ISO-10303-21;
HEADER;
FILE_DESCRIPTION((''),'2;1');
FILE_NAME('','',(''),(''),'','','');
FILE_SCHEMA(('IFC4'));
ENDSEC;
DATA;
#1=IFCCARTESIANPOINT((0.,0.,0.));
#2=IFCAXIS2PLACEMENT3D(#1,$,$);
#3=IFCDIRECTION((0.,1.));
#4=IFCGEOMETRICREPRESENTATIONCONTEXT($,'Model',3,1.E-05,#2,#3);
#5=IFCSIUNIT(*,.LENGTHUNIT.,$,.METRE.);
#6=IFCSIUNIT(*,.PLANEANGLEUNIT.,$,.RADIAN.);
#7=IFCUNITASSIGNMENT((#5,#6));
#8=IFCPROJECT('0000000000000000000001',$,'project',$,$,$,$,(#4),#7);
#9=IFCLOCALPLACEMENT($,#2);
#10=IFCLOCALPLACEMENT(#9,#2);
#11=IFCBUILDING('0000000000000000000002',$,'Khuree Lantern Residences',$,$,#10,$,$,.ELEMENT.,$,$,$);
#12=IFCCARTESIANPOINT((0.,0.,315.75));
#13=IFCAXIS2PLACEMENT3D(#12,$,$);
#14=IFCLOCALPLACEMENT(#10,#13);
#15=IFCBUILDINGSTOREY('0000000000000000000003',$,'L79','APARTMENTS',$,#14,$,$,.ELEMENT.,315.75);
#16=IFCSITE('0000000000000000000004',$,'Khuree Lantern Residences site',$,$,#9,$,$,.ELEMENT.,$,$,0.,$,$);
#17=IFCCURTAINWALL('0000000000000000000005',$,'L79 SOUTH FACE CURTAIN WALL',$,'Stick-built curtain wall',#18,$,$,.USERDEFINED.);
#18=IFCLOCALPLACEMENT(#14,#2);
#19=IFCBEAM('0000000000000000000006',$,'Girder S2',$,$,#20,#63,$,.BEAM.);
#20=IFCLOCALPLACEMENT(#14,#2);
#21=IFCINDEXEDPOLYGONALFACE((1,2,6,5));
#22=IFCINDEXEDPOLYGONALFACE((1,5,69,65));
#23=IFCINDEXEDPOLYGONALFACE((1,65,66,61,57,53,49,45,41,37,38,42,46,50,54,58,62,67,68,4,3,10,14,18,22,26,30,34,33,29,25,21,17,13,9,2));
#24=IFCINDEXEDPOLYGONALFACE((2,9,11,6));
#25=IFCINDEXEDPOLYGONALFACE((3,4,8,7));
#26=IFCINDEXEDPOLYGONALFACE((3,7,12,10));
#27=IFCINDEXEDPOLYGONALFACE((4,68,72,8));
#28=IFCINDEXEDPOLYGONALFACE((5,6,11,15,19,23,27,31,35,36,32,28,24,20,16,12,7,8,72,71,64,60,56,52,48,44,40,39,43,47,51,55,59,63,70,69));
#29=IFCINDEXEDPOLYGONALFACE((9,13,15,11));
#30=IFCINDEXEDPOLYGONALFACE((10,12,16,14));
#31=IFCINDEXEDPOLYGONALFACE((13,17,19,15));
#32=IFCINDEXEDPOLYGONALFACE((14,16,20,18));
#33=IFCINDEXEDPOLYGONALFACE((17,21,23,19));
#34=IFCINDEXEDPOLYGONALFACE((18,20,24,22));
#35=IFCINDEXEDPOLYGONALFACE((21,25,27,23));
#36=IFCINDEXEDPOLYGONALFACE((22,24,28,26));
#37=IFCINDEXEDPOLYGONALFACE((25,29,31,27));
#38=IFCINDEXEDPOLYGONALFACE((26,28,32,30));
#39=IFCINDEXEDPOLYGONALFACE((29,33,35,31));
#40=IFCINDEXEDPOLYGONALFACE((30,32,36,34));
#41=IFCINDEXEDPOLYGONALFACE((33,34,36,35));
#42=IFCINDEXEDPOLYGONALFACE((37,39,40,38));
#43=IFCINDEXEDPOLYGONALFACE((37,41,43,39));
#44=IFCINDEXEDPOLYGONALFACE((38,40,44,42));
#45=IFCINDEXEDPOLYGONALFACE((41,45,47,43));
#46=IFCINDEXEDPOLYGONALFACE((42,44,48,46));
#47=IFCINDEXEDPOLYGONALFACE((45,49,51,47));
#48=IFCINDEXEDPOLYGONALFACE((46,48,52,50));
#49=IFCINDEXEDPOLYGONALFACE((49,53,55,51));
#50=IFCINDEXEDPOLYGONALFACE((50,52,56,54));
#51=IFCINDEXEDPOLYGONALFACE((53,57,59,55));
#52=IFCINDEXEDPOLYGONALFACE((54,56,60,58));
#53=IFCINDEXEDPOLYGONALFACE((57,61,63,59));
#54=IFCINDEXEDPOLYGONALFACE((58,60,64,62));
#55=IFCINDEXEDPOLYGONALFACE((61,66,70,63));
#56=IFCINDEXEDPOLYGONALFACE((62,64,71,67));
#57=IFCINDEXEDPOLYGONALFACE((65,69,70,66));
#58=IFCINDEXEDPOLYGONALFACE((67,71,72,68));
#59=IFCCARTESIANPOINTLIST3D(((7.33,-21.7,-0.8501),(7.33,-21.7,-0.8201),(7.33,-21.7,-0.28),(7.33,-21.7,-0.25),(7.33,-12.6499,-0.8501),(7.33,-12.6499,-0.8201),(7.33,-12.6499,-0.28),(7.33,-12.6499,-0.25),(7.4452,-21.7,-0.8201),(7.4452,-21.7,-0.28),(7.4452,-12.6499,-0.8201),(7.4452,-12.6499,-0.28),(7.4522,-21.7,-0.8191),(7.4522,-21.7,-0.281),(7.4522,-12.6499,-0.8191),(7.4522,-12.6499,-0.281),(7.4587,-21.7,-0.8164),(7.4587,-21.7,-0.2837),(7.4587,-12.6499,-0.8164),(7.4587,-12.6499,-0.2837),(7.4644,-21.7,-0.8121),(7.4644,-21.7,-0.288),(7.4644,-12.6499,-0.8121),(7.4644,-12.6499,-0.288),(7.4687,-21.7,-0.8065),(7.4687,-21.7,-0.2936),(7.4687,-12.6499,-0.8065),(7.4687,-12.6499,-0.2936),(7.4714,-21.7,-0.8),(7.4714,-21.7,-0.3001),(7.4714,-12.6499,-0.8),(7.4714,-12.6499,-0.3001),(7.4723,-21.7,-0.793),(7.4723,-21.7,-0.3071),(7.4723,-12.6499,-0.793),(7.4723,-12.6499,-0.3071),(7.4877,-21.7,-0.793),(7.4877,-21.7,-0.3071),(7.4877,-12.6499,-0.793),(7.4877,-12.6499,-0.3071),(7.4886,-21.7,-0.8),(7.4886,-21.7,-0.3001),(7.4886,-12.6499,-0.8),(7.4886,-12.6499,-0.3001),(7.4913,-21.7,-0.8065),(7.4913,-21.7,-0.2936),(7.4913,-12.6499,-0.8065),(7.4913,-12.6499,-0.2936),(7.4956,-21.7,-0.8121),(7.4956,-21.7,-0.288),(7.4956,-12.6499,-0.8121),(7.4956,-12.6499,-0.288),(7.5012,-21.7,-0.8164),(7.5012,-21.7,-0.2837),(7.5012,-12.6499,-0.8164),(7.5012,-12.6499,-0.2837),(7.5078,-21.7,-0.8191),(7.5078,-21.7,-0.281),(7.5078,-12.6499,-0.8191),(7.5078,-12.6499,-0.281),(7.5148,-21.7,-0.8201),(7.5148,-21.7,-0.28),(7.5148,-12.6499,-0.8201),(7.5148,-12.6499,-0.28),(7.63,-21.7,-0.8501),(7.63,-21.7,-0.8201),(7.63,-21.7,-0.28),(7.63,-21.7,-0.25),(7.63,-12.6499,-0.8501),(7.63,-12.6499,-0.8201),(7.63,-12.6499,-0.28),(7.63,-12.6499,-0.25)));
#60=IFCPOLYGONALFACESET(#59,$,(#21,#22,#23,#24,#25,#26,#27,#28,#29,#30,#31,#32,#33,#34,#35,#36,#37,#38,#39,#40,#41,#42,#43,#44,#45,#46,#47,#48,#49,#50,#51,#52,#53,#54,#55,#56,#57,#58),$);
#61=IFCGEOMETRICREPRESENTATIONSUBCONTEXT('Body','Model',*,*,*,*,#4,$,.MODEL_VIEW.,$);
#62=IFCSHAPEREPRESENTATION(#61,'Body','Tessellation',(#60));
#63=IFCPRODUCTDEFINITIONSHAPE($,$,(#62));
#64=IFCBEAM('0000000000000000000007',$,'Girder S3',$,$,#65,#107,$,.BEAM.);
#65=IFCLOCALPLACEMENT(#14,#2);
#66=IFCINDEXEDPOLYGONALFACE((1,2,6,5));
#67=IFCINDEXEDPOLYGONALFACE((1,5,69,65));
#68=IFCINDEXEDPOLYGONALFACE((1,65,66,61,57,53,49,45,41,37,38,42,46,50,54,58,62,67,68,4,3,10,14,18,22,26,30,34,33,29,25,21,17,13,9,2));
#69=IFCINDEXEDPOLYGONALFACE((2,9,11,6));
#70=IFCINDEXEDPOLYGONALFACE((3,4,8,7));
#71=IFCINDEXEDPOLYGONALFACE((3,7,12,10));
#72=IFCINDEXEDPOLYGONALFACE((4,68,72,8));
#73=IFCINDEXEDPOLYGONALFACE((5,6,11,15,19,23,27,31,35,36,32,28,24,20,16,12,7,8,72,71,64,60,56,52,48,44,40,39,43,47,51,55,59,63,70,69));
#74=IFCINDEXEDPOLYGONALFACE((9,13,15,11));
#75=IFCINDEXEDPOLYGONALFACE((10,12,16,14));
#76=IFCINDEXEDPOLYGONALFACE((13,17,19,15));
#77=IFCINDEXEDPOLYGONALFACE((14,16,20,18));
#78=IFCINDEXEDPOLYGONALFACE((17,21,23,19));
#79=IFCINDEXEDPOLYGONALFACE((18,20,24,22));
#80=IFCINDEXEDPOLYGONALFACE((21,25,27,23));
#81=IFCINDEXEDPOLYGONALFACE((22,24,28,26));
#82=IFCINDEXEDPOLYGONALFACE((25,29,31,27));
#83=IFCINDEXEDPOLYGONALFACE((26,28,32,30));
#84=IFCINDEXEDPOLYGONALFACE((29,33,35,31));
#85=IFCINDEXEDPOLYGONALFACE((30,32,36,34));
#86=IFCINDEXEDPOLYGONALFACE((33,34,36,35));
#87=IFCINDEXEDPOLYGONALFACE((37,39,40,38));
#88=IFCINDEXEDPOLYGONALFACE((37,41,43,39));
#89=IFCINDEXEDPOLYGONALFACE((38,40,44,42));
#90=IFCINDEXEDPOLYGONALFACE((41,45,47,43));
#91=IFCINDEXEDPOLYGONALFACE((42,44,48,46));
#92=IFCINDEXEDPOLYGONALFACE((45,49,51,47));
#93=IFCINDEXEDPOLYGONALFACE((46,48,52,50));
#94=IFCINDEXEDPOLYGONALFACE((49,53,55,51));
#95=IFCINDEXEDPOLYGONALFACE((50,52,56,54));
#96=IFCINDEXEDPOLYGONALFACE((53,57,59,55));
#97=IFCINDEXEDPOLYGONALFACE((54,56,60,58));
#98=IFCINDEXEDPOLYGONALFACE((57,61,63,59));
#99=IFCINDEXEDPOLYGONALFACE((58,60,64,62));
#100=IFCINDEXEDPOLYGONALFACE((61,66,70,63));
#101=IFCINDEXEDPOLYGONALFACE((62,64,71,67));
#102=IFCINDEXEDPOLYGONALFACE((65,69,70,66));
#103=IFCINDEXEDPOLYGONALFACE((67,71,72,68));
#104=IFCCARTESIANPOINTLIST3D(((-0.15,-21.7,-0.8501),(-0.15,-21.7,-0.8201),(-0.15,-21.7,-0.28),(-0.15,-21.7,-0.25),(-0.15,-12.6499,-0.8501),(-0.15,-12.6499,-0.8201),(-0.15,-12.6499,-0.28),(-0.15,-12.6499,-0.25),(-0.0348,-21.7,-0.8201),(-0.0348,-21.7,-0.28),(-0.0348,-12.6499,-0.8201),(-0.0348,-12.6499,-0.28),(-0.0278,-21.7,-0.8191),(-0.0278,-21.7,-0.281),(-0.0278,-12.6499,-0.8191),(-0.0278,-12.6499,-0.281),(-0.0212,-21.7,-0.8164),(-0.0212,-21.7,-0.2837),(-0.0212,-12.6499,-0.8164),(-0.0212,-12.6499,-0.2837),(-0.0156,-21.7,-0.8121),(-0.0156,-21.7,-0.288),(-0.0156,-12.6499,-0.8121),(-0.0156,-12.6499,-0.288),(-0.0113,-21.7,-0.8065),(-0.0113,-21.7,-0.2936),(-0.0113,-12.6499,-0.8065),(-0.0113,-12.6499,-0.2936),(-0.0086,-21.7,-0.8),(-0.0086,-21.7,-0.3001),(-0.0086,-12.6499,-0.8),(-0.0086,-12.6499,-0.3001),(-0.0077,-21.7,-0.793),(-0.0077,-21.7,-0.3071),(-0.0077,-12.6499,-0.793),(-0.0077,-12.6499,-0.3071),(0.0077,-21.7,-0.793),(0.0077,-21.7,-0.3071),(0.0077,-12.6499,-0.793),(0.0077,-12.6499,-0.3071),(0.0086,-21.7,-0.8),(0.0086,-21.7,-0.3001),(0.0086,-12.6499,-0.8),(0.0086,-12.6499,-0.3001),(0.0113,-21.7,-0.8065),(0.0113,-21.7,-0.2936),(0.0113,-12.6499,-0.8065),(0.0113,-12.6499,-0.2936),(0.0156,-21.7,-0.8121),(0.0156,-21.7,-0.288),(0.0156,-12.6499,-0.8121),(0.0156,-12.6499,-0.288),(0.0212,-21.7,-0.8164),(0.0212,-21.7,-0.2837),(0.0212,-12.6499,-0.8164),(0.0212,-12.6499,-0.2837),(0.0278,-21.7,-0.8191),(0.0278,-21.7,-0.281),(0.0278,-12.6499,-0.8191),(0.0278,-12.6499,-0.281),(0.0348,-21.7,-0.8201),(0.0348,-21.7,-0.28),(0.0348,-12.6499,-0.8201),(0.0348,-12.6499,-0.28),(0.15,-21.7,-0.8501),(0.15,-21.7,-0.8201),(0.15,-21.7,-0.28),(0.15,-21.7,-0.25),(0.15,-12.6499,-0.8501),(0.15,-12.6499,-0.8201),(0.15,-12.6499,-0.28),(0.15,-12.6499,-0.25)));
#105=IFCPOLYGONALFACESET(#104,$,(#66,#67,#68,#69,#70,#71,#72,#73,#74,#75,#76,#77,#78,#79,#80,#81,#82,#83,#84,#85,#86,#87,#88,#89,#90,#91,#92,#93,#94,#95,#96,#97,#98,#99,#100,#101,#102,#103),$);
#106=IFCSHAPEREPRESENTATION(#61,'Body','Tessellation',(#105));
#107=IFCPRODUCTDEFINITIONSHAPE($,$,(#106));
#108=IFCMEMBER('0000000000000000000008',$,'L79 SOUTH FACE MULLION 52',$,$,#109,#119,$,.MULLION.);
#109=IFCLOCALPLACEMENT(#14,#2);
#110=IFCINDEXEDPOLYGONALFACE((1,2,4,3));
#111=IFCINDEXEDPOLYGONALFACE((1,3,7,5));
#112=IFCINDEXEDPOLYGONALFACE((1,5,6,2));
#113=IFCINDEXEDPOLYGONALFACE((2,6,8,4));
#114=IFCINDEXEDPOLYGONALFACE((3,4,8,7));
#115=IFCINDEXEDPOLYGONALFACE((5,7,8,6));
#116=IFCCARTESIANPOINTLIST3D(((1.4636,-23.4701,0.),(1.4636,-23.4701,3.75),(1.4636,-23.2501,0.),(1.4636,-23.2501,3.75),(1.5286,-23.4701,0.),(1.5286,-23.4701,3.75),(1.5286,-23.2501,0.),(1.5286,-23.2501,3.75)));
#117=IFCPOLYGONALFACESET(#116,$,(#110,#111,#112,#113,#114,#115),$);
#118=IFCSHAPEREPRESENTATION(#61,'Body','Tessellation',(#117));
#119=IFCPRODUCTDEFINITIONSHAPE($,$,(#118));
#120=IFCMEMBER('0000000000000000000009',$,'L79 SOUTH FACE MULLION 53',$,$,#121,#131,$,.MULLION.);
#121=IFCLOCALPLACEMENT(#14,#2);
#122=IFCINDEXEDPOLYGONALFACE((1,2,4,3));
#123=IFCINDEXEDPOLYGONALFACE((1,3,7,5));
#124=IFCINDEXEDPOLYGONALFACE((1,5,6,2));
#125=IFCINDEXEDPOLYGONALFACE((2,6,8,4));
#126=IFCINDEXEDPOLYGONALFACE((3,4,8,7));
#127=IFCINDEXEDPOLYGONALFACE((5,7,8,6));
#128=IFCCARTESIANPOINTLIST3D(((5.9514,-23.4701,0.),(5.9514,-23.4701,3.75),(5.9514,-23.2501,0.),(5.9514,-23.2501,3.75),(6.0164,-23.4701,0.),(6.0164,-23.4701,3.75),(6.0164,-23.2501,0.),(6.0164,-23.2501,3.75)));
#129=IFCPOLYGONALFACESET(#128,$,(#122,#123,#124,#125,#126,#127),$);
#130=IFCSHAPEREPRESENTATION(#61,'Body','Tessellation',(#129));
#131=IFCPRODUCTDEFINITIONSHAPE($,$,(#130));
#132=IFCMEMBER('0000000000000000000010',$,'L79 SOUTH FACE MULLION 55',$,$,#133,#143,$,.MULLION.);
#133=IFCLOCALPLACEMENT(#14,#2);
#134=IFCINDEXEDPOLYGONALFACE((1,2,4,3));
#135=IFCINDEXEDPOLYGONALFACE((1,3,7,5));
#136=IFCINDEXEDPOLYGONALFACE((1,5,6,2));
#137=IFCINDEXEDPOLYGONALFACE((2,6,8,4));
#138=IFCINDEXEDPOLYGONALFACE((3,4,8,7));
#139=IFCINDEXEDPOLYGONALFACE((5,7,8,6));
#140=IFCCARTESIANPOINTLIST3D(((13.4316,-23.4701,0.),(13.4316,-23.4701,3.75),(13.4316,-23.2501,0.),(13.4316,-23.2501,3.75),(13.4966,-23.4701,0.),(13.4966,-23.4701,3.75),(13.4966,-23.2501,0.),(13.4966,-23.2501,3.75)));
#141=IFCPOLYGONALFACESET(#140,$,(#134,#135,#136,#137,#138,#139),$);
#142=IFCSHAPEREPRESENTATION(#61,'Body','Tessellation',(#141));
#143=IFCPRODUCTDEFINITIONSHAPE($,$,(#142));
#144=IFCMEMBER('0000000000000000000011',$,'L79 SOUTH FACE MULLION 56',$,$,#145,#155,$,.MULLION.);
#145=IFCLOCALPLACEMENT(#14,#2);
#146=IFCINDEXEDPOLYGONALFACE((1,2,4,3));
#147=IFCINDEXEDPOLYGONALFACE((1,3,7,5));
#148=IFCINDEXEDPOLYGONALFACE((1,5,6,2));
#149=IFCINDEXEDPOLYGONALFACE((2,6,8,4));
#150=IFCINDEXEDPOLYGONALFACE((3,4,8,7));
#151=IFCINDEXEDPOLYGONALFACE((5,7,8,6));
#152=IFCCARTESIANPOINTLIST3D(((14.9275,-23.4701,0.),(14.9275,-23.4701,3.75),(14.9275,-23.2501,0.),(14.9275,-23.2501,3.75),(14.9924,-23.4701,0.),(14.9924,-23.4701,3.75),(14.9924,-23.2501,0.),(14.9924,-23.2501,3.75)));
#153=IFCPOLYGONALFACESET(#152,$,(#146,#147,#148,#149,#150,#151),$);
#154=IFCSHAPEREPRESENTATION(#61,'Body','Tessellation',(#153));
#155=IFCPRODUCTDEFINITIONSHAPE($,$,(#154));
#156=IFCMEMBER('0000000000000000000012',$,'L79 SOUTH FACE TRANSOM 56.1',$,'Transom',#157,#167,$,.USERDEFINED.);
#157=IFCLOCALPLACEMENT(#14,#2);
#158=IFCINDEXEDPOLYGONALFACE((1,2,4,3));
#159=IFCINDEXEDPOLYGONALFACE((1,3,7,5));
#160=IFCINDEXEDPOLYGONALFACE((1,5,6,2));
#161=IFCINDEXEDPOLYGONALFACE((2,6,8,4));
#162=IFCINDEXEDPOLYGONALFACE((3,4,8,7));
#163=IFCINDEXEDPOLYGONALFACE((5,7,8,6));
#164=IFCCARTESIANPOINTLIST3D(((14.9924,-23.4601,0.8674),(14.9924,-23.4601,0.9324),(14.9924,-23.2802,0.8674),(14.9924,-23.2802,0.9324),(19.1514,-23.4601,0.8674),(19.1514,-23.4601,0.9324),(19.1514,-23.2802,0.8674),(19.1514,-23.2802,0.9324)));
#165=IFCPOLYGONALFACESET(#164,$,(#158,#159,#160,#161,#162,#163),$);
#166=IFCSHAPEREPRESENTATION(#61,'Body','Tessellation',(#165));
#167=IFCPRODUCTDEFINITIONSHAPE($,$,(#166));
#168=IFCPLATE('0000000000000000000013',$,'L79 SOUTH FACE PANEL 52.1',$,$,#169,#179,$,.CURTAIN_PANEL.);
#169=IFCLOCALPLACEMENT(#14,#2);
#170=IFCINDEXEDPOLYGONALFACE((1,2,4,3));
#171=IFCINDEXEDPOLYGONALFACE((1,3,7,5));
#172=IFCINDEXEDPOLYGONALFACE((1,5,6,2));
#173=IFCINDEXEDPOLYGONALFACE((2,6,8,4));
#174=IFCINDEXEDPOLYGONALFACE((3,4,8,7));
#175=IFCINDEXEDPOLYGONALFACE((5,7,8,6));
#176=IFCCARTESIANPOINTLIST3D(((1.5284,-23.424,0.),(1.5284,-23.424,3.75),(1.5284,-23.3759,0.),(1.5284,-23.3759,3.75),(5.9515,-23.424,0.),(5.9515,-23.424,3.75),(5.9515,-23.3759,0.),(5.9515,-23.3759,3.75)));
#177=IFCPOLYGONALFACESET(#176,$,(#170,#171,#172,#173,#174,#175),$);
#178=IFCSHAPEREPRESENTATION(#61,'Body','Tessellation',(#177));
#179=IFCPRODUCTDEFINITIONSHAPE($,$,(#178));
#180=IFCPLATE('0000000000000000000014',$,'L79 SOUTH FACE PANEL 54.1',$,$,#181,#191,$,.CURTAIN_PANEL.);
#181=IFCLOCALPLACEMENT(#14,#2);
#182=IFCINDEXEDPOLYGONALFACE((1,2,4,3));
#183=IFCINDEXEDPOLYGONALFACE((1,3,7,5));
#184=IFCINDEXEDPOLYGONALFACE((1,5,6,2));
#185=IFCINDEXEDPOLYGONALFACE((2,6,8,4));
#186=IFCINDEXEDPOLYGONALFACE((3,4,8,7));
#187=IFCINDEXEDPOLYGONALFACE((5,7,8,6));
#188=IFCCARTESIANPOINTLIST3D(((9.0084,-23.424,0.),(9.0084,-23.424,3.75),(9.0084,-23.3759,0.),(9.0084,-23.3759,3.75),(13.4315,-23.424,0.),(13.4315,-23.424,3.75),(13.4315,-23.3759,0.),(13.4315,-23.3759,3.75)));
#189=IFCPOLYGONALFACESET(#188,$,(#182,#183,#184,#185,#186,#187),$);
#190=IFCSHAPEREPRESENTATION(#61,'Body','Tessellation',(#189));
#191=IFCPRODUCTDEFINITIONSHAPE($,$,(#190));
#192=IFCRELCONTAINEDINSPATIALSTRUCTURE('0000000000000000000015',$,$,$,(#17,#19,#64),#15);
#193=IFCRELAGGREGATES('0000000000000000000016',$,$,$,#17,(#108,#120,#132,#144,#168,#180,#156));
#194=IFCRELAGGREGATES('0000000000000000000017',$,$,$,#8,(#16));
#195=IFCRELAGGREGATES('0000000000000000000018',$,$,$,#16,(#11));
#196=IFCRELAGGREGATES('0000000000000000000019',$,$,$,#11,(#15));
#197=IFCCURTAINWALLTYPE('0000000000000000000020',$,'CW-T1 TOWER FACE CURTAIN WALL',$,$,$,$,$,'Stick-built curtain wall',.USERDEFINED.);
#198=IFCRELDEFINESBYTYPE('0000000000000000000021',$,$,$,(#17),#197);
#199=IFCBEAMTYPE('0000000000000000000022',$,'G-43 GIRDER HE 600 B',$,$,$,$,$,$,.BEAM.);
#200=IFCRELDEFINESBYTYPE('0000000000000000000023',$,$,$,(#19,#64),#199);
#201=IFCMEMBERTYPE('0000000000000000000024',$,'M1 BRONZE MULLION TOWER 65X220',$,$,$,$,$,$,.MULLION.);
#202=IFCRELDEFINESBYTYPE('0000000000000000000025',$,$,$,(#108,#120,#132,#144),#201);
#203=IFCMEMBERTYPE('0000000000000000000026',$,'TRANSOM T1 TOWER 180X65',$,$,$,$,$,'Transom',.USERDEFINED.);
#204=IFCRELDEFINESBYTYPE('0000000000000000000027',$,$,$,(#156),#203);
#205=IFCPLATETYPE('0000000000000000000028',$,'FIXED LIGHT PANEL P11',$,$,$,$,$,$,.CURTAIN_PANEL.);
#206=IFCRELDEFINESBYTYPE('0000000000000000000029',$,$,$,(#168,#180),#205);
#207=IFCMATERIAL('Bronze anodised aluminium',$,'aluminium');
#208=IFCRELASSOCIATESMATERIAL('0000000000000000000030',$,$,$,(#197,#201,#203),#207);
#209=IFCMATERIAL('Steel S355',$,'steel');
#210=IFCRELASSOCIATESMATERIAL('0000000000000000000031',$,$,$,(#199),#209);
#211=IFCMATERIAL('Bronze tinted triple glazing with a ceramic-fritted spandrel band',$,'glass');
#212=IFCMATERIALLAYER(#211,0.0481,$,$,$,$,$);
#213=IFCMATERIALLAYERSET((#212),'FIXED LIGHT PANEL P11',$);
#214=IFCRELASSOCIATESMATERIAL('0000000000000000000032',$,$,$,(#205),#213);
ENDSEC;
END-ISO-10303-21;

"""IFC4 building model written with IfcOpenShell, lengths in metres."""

from ifc_helpers import new_model, si_unit, direction, frame, origin, origin_2d, place, context, subcontext, project, spatial, rectangle, i_section, extrude, material, layer, layer_set, material_profile, profile_set, type_object, element, aggregate, save


model = new_model("IFC4")

# Units and contexts
model_context = context("Model", 3, precision=1e-05, world=origin(), true_north=direction((0.0, 1.0)))
body_context = subcontext(model_context, "Body", "Model", "MODEL_VIEW")
ifc_project = project(units=[si_unit("LENGTHUNIT", "METRE"), si_unit("PLANEANGLEUNIT", "RADIAN")], contexts=[model_context])

# Site, building, storey
site_placement = place(None, origin())
site = spatial("IfcSite", under=ifc_project, at=site_placement, Name="Khuree Lantern Residences site", CompositionType="ELEMENT", RefElevation=0.0)
building_placement = place(site_placement, origin())
building = spatial("IfcBuilding", under=site, at=building_placement, Name="Khuree Lantern Residences", CompositionType="ELEMENT")
storey_placement = place(building_placement, frame((0.0, 0.0, 315.75)))
storey = spatial("IfcBuildingStorey", under=building, at=storey_placement, Name="L79", Description="APARTMENTS", CompositionType="ELEMENT", Elevation=315.75)

# Shared definitions
ifc_material_1 = material(Name="Steel S355", Category="steel")

# Curtain wall
ifc_material_2 = material(Name="Bronze anodised aluminium", Category="aluminium")
curtain_wall_type = type_object("IfcCurtainWallType", Name="CW-T1 TOWER FACE CURTAIN WALL", ElementType="Stick-built curtain wall", PredefinedType="USERDEFINED", material=ifc_material_2)
curtain_wall_placement = place(storey_placement, origin())
curtain_wall = element("IfcCurtainWall", 1, at=curtain_wall_placement, inside=storey, type_object=curtain_wall_type, Name="L79 SOUTH FACE CURTAIN WALL", ObjectType="Stick-built curtain wall", PredefinedType="USERDEFINED")

# Beams
ifc_material_profile_1 = material_profile(ifc_material_1, i_section(OverallWidth=0.3, OverallDepth=0.6001, WebThickness=0.0154, FlangeThickness=0.03, FilletRadius=0.0271, at=origin_2d()), Name="HE 600 B")
ifc_profile_set_1 = profile_set([ifc_material_profile_1], Name="Steel S355")
beam_type_1 = type_object("IfcBeamType", Name="G-43 GIRDER HE 600 B", PredefinedType="BEAM", material=ifc_profile_set_1)
for number, where, z_axis, x_axis, name in (
    (2, (7.48, -21.7, -0.55), (0.0, 1.0, 0.0), (-1.0, 0.0, 0.0), "Girder S2"),
    (3, (0.0, -21.7, -0.55), (0.0, 1.0, 0.0), (-1.0, 0.0, 0.0), "Girder S3"),
):
    element("IfcBeam", number, at=place(storey_placement, frame(where, z_axis=z_axis, x_axis=x_axis)), inside=storey, type_object=beam_type_1, Name=name, PredefinedType="BEAM", context=body_context, shape_type="SweptSolid", body=[
        extrude(i_section(OverallWidth=0.3, OverallDepth=0.6001, WebThickness=0.0154, FlangeThickness=0.03, FilletRadius=0.0271, at=origin_2d()), origin(), (0.0, 0.0, 1.0), 9.05),
    ])

# Members
ifc_material_profile_2 = material_profile(ifc_material_2, rectangle(XDim=0.0649, YDim=0.22, at=origin_2d()), Name="M1 65X220")
ifc_profile_set_2 = profile_set([ifc_material_profile_2], Name="Bronze anodised aluminium")
member_type_1 = type_object("IfcMemberType", Name="M1 BRONZE MULLION TOWER 65X220", PredefinedType="MULLION", material=ifc_profile_set_2)
member_1_placement = place(storey_placement, frame((1.4961, -23.3601, 0.0), z_axis=(0.0, 0.0, 1.0), x_axis=(1.0, 0.0, 0.0)))
member_1 = element("IfcMember", 4, at=member_1_placement, type_object=member_type_1, Name="L79 SOUTH FACE MULLION 52", PredefinedType="MULLION", context=body_context, shape_type="SweptSolid", body=[
    extrude(rectangle(XDim=0.0649, YDim=0.22, at=origin_2d()), origin(), (0.0, 0.0, 1.0), 3.75),
])
member_2_placement = place(storey_placement, frame((5.9839, -23.3601, 0.0), z_axis=(0.0, 0.0, 1.0), x_axis=(1.0, 0.0, 0.0)))
member_2 = element("IfcMember", 5, at=member_2_placement, type_object=member_type_1, Name="L79 SOUTH FACE MULLION 53", PredefinedType="MULLION", context=body_context, shape_type="SweptSolid", body=[
    extrude(rectangle(XDim=0.0649, YDim=0.22, at=origin_2d()), origin(), (0.0, 0.0, 1.0), 3.75),
])
member_3_placement = place(storey_placement, frame((13.4641, -23.3601, 0.0), z_axis=(0.0, 0.0, 1.0), x_axis=(1.0, 0.0, 0.0)))
member_3 = element("IfcMember", 6, at=member_3_placement, type_object=member_type_1, Name="L79 SOUTH FACE MULLION 55", PredefinedType="MULLION", context=body_context, shape_type="SweptSolid", body=[
    extrude(rectangle(XDim=0.0649, YDim=0.22, at=origin_2d()), origin(), (0.0, 0.0, 1.0), 3.75),
])
member_4_placement = place(storey_placement, frame((14.96, -23.3601, 0.0), z_axis=(0.0, 0.0, 1.0), x_axis=(1.0, 0.0, 0.0)))
member_4 = element("IfcMember", 7, at=member_4_placement, type_object=member_type_1, Name="L79 SOUTH FACE MULLION 56", PredefinedType="MULLION", context=body_context, shape_type="SweptSolid", body=[
    extrude(rectangle(XDim=0.0649, YDim=0.22, at=origin_2d()), origin(), (0.0, 0.0, 1.0), 3.75),
])
ifc_material_profile_3 = material_profile(ifc_material_2, rectangle(XDim=0.1799, YDim=0.0649, at=origin_2d()), Name="T1 180X65")
ifc_profile_set_3 = profile_set([ifc_material_profile_3], Name="Bronze anodised aluminium")
member_type_2 = type_object("IfcMemberType", Name="TRANSOM T1 TOWER 180X65", ElementType="Transom", PredefinedType="USERDEFINED", material=ifc_profile_set_3)
member_5_placement = place(storey_placement, frame((14.9924, -23.3701, 0.8999), z_axis=(1.0, 0.0, 0.0), x_axis=(0.0, 1.0, 0.0)))
member_5 = element("IfcMember", 8, at=member_5_placement, type_object=member_type_2, Name="L79 SOUTH FACE TRANSOM 56.1", ObjectType="Transom", PredefinedType="USERDEFINED", context=body_context, shape_type="SweptSolid", body=[
    extrude(rectangle(XDim=0.1799, YDim=0.0649, at=origin_2d()), origin(), (0.0, 0.0, 1.0), 4.1589),
])

# Plates
ifc_material_3 = material(Name="Bronze tinted triple glazing with a ceramic-fritted spandrel band", Category="glass")
ifc_layer_1 = layer(ifc_material_3, 0.0481)
ifc_layer_set_1 = layer_set([ifc_layer_1], Name="FIXED LIGHT PANEL P11")
plate_type_1 = type_object("IfcPlateType", Name="FIXED LIGHT PANEL P11", PredefinedType="CURTAIN_PANEL", material=ifc_layer_set_1)
plate_1_placement = place(storey_placement, frame((3.74, -23.3999, 0.0), z_axis=(0.0, 0.0, 1.0), x_axis=(1.0, 0.0, 0.0)))
plate_1 = element("IfcPlate", 9, at=plate_1_placement, type_object=plate_type_1, Name="L79 SOUTH FACE PANEL 52.1", PredefinedType="CURTAIN_PANEL", context=body_context, shape_type="SweptSolid", body=[
    extrude(rectangle(XDim=4.4231, YDim=0.0481, at=origin_2d()), origin(), (0.0, 0.0, 1.0), 3.75),
])
plate_2_placement = place(storey_placement, frame((11.22, -23.3999, 0.0), z_axis=(0.0, 0.0, 1.0), x_axis=(1.0, 0.0, 0.0)))
plate_2 = element("IfcPlate", 10, at=plate_2_placement, type_object=plate_type_1, Name="L79 SOUTH FACE PANEL 54.1", PredefinedType="CURTAIN_PANEL", context=body_context, shape_type="SweptSolid", body=[
    extrude(rectangle(XDim=4.4231, YDim=0.0481, at=origin_2d()), origin(), (0.0, 0.0, 1.0), 3.75),
])
aggregate(curtain_wall, [member_1, member_2, member_3, member_4, plate_1, plate_2, member_5])

save(model, "model.ifc")
